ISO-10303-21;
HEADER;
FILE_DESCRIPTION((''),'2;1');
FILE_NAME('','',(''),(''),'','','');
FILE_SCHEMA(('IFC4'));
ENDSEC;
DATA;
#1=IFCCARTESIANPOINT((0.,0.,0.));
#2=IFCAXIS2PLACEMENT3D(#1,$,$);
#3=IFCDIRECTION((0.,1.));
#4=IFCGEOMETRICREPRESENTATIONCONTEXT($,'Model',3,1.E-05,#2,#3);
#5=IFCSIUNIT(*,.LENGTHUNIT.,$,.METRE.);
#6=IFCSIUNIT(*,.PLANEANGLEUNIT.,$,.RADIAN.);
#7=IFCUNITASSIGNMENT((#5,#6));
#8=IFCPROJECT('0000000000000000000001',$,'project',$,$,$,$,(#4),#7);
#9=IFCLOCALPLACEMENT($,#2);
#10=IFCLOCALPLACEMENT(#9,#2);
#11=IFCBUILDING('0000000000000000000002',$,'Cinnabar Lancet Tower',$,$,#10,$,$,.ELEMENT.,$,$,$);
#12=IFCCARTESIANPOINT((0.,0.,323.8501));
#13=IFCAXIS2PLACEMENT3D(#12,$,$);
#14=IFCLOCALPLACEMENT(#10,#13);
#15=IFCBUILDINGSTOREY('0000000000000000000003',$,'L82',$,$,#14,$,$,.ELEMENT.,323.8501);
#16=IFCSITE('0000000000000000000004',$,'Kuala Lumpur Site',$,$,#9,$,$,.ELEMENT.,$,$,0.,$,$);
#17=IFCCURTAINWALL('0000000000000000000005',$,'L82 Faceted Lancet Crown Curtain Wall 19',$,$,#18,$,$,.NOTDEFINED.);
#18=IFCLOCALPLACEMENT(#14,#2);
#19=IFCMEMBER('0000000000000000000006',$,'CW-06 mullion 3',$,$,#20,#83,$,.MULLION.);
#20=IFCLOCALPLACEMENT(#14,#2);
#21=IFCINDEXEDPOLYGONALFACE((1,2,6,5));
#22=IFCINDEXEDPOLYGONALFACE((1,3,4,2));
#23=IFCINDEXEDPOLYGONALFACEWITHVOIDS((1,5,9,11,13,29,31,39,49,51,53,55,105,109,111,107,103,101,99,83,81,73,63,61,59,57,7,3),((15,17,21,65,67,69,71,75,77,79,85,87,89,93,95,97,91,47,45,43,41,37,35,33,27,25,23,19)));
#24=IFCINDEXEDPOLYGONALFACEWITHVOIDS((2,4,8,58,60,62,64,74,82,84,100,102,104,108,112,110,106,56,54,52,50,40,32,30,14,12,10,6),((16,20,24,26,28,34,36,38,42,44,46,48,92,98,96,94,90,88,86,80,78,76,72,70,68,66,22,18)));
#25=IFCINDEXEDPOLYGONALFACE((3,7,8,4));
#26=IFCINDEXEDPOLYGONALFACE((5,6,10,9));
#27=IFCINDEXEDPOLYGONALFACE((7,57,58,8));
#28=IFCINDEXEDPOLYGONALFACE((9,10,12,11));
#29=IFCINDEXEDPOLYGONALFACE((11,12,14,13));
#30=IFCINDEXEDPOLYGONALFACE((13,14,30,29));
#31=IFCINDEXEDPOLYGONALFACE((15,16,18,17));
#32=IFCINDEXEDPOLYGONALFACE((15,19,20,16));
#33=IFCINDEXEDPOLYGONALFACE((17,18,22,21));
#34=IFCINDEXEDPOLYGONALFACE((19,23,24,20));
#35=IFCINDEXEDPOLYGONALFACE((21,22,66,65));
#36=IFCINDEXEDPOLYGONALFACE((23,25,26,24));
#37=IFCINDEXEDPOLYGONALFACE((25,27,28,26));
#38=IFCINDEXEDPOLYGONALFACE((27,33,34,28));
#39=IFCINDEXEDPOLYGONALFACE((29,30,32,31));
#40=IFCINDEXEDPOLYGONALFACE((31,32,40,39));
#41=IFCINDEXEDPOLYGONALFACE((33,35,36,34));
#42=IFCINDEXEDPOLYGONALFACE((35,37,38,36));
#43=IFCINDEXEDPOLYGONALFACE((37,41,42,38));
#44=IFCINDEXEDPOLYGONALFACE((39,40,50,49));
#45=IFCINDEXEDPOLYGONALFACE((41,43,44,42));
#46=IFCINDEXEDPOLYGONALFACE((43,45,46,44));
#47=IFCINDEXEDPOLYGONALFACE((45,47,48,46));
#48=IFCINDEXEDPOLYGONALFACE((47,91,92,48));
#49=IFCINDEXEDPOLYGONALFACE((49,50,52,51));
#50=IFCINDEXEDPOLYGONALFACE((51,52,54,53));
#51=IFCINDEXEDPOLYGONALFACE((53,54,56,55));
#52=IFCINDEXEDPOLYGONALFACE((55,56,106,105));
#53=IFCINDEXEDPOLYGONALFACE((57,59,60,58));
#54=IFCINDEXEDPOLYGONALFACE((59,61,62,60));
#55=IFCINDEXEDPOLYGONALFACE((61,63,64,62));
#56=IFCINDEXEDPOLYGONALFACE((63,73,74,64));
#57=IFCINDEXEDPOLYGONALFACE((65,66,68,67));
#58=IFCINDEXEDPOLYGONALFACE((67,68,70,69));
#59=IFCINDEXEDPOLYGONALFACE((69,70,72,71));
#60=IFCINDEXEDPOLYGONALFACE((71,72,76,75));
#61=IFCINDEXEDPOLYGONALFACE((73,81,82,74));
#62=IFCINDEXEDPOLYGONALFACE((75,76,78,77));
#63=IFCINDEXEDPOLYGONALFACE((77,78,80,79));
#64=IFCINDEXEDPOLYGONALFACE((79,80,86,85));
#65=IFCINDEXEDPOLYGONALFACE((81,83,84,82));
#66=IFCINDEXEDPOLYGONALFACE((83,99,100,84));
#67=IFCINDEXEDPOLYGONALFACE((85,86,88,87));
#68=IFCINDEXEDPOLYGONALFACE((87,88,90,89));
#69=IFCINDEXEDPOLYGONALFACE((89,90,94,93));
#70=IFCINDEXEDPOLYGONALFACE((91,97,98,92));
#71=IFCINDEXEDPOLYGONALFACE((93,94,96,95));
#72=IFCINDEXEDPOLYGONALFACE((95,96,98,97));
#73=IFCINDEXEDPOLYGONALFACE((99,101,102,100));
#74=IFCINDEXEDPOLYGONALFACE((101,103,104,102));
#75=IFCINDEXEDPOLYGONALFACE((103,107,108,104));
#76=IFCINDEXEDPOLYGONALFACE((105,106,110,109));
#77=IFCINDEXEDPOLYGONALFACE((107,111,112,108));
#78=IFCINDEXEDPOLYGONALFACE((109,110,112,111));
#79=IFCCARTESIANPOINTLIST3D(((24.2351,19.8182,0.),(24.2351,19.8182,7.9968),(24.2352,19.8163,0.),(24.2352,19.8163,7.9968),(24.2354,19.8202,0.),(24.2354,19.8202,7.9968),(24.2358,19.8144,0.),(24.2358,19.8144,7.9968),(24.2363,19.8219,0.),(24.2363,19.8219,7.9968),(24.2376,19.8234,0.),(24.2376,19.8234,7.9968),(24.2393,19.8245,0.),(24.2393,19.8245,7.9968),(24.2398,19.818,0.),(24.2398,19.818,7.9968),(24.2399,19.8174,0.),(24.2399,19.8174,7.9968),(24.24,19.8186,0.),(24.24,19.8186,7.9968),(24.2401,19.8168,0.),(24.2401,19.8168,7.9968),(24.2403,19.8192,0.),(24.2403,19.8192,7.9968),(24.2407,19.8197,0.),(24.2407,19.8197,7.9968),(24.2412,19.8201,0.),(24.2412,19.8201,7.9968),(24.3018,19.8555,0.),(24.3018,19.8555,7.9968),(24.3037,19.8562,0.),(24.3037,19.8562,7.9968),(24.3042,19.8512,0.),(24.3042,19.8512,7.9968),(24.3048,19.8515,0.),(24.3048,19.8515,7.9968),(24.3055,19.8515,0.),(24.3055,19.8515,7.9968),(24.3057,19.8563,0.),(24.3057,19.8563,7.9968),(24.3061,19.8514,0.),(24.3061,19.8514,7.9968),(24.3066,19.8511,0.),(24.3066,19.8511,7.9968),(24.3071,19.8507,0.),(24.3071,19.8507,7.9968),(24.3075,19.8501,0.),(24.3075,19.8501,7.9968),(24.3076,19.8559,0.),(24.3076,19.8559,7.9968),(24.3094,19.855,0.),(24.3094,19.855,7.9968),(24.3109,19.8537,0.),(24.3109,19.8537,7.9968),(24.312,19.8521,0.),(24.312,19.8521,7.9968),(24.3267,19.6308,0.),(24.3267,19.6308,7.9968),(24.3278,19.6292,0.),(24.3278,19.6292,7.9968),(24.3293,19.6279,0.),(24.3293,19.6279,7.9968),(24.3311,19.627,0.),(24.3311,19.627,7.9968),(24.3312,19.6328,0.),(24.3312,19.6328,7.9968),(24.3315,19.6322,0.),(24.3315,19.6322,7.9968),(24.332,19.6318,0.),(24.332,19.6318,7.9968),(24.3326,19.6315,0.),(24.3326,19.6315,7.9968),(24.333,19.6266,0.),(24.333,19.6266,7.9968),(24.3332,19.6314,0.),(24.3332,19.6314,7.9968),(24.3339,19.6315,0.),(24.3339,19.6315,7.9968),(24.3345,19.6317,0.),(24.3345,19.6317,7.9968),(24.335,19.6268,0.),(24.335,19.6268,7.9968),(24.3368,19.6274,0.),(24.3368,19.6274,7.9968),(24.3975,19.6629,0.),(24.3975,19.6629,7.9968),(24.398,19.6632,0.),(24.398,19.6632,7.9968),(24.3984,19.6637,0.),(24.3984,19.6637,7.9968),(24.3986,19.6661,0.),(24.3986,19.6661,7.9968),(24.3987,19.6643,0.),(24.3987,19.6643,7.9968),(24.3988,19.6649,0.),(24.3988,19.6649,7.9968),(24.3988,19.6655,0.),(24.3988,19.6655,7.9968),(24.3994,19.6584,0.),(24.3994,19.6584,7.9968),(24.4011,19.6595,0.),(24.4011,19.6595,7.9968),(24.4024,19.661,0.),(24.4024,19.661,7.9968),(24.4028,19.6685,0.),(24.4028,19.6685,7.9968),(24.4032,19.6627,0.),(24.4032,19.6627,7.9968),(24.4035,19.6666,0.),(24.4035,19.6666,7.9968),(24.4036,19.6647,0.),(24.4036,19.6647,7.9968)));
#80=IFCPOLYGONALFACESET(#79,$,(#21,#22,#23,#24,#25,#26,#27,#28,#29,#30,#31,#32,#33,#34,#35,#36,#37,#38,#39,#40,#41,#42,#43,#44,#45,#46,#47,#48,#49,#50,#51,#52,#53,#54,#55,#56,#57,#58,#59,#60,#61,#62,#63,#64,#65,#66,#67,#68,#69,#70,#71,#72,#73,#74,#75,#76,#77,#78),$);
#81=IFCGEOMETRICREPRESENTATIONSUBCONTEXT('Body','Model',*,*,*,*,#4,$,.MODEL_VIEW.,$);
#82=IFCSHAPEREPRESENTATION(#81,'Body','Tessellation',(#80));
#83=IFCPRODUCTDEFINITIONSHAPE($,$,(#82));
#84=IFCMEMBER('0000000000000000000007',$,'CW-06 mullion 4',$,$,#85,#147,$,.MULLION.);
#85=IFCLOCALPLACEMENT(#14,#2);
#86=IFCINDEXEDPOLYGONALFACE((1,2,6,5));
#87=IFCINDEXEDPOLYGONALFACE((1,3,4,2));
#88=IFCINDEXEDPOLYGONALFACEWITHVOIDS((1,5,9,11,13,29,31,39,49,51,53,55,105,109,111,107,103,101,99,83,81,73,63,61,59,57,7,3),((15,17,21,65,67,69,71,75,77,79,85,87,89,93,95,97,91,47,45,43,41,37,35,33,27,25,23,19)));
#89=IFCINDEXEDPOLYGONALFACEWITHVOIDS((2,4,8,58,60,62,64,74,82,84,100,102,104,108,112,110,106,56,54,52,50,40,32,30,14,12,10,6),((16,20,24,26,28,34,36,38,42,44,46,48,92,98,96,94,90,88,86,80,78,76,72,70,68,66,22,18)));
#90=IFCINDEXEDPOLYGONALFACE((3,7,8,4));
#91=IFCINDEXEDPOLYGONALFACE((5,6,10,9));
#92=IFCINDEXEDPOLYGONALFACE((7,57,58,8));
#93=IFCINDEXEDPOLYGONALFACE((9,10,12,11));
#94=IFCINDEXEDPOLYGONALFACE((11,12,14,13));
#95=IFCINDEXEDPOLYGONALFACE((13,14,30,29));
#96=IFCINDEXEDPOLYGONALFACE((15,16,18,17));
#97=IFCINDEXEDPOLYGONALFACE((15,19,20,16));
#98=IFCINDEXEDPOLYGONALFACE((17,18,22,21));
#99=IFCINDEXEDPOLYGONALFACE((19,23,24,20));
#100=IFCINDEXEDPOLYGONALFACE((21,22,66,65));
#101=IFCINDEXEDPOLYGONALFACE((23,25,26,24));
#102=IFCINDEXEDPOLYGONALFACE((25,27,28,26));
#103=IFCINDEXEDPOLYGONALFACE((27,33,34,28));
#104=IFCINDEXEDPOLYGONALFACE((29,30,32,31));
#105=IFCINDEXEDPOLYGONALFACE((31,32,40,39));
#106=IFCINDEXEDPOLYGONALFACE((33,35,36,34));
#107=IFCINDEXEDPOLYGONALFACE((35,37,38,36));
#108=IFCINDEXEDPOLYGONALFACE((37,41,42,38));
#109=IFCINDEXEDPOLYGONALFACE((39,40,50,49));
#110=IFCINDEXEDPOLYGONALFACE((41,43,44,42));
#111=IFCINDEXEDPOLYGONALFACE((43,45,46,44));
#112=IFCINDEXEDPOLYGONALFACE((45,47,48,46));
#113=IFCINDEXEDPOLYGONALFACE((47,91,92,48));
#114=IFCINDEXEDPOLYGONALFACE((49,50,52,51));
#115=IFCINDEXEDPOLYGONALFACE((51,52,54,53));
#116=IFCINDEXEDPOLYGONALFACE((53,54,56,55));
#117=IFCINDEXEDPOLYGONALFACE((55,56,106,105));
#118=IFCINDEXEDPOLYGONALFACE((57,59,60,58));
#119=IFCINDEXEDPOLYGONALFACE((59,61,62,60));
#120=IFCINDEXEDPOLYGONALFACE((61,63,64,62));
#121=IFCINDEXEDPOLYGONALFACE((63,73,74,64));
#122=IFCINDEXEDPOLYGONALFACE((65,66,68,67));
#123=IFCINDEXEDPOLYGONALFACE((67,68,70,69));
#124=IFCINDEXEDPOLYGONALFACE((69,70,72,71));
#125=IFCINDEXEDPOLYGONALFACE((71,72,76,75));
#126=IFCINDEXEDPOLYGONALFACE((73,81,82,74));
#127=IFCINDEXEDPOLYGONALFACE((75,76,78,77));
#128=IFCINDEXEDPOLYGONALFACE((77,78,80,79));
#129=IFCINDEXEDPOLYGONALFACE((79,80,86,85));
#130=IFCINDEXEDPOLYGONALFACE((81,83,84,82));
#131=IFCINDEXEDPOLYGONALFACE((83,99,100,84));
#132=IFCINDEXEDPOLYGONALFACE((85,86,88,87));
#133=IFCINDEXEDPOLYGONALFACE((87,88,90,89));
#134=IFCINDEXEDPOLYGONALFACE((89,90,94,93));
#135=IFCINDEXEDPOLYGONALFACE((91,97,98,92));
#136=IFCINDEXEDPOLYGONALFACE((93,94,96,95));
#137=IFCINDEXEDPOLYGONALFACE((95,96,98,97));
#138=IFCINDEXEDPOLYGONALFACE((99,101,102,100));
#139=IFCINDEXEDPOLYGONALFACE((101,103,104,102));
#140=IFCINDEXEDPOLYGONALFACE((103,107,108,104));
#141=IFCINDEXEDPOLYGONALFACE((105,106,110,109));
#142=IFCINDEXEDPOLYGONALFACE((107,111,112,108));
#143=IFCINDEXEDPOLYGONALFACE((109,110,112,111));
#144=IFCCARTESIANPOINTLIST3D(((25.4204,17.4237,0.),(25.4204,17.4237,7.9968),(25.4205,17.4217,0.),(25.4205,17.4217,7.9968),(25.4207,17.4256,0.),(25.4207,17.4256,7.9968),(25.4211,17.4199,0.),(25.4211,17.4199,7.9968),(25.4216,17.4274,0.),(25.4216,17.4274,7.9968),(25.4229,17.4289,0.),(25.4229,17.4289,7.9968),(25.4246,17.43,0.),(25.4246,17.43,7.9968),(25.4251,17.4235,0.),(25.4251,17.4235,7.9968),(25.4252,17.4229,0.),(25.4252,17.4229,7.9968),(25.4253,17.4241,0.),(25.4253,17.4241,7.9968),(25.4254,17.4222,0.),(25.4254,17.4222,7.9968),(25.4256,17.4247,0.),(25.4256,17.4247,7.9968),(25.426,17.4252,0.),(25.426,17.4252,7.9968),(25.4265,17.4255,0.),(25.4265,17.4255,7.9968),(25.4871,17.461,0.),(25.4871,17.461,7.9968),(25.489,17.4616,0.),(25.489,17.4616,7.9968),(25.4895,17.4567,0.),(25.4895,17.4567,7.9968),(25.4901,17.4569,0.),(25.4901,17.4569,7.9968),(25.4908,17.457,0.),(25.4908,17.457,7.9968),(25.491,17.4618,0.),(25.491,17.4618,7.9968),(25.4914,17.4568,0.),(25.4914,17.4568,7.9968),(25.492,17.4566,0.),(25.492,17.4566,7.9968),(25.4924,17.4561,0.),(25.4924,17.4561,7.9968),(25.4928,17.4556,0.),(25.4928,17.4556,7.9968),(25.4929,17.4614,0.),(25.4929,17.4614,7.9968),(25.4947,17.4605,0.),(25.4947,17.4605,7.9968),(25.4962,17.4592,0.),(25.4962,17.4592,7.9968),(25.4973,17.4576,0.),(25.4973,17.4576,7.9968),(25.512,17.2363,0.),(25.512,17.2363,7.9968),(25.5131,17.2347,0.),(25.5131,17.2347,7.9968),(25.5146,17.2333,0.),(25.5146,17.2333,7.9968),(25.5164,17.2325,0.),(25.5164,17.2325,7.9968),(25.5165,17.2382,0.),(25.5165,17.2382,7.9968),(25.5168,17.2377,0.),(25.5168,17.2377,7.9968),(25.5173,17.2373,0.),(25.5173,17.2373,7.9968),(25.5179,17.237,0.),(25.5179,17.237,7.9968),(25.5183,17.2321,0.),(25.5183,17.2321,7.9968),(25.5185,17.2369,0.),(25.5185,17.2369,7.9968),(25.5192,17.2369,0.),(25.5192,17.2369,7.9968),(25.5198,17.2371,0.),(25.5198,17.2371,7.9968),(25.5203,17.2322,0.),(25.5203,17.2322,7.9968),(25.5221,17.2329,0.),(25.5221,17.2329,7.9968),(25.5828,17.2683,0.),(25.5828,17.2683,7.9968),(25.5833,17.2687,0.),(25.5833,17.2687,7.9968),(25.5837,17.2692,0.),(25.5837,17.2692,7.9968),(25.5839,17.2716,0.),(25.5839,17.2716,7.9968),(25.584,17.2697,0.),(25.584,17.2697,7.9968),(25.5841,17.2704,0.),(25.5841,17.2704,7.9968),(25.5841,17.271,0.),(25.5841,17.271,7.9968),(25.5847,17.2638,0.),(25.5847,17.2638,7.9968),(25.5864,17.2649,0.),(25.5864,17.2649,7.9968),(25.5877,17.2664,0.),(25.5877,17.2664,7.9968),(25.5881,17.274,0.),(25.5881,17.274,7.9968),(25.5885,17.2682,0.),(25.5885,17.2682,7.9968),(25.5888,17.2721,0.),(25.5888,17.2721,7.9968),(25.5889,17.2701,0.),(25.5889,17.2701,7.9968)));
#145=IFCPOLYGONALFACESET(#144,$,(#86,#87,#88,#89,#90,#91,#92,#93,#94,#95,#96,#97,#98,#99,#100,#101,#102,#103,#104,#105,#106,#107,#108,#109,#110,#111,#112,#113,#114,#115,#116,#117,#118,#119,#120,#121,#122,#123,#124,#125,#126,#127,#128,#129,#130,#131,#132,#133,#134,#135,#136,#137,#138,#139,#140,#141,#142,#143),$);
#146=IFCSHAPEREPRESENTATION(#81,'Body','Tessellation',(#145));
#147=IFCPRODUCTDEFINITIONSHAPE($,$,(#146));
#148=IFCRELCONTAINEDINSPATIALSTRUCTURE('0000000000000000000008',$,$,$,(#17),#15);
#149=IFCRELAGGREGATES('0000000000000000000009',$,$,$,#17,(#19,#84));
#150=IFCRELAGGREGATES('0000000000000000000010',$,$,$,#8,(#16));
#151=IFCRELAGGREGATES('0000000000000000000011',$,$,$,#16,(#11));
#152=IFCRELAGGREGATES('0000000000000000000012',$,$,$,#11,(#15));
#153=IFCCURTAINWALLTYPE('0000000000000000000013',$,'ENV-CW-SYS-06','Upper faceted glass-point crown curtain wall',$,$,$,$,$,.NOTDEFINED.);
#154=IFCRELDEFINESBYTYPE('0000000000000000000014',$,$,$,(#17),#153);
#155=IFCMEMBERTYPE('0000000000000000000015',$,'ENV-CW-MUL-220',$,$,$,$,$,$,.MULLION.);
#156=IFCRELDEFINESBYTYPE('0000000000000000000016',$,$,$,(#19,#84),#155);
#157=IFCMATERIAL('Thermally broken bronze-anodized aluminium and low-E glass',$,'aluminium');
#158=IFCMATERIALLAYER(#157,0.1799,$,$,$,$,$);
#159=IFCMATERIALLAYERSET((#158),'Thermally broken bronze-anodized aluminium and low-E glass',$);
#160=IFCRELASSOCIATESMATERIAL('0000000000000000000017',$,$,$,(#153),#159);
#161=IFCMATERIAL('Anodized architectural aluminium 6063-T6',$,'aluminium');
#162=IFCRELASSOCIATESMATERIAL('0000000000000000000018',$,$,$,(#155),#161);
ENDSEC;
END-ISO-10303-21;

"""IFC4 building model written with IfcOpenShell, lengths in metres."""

from ifc_helpers import new_model, si_unit, direction, frame, origin, origin_2d, place, context, subcontext, project, spatial, hollow_rectangle, extrude, material, layer, layer_set, material_profile, profile_set, type_object, element, aggregate, save


model = new_model("IFC4")

# Units and contexts
model_context = context("Model", 3, precision=1e-05, world=origin(), true_north=direction((0.0, 1.0)))
body_context = subcontext(model_context, "Body", "Model", "MODEL_VIEW")
ifc_project = project(units=[si_unit("LENGTHUNIT", "METRE"), si_unit("PLANEANGLEUNIT", "RADIAN")], contexts=[model_context])

# Site, building, storey
site_placement = place(None, origin())
site = spatial("IfcSite", under=ifc_project, at=site_placement, Name="Kuala Lumpur Site", CompositionType="ELEMENT", RefElevation=0.0)
building_placement = place(site_placement, origin())
building = spatial("IfcBuilding", under=site, at=building_placement, Name="Cinnabar Lancet Tower", CompositionType="ELEMENT")
storey_placement = place(building_placement, frame((0.0, 0.0, 323.8501)))
storey = spatial("IfcBuildingStorey", under=building, at=storey_placement, Name="L82", CompositionType="ELEMENT", Elevation=323.8501)

# Curtain wall, members
ifc_material_1 = material(Name="Thermally broken bronze-anodized aluminium and low-E glass", Category="aluminium")
ifc_layer_1 = layer(ifc_material_1, 0.1799)
ifc_layer_set_1 = layer_set([ifc_layer_1], Name="Thermally broken bronze-anodized aluminium and low-E glass")
curtain_wall_type = type_object("IfcCurtainWallType", Name="ENV-CW-SYS-06", Description="Upper faceted glass-point crown curtain wall", PredefinedType="NOTDEFINED", material=ifc_layer_set_1)
curtain_wall_1_placement = place(storey_placement, origin())
curtain_wall_1 = element("IfcCurtainWall", 1, at=curtain_wall_1_placement, inside=storey, type_object=curtain_wall_type, Name="L82 Faceted Lancet Crown Curtain Wall 19", PredefinedType="NOTDEFINED")
ifc_material_2 = material(Name="Anodized architectural aluminium 6063-T6", Category="aluminium")
ifc_material_profile_1 = material_profile(ifc_material_2, hollow_rectangle(XDim=0.085, YDim=0.22, WallThickness=0.0049, InnerFilletRadius=0.0024, OuterFilletRadius=0.0076, at=origin_2d()), Name="CW-MUL 220x85x5")
ifc_profile_set_1 = profile_set([ifc_material_profile_1], Name="Anodized architectural aluminium 6063-T6")
member_type_1 = type_object("IfcMemberType", Name="ENV-CW-MUL-220", PredefinedType="MULLION", material=ifc_profile_set_1)
member_1_placement = place(storey_placement, frame((24.3193, 19.7415, 0.0), z_axis=(0.0, 0.0, 1.0), x_axis=(0.896197, 0.443657, 0.0)))
member_1 = element("IfcMember", 2, at=member_1_placement, type_object=member_type_1, Name="CW-06 mullion 3", PredefinedType="MULLION", context=body_context, shape_type="SweptSolid", body=[
    extrude(hollow_rectangle(XDim=0.085, YDim=0.22, WallThickness=0.0049, InnerFilletRadius=0.0024, OuterFilletRadius=0.0076, at=origin_2d()), origin(), (0.0, 0.0, 1.0), 7.9968),
])
member_2_placement = place(storey_placement, frame((25.5046, 17.3469, 0.0), z_axis=(0.0, 0.0, 1.0), x_axis=(0.896197, 0.443657, 0.0)))
member_2 = element("IfcMember", 3, at=member_2_placement, type_object=member_type_1, Name="CW-06 mullion 4", PredefinedType="MULLION", context=body_context, shape_type="SweptSolid", body=[
    extrude(hollow_rectangle(XDim=0.085, YDim=0.22, WallThickness=0.0049, InnerFilletRadius=0.0024, OuterFilletRadius=0.0076, at=origin_2d()), origin(), (0.0, 0.0, 1.0), 7.9968),
])

aggregate(curtain_wall_1, [member_1, member_2])

save(model, "model.ifc")
